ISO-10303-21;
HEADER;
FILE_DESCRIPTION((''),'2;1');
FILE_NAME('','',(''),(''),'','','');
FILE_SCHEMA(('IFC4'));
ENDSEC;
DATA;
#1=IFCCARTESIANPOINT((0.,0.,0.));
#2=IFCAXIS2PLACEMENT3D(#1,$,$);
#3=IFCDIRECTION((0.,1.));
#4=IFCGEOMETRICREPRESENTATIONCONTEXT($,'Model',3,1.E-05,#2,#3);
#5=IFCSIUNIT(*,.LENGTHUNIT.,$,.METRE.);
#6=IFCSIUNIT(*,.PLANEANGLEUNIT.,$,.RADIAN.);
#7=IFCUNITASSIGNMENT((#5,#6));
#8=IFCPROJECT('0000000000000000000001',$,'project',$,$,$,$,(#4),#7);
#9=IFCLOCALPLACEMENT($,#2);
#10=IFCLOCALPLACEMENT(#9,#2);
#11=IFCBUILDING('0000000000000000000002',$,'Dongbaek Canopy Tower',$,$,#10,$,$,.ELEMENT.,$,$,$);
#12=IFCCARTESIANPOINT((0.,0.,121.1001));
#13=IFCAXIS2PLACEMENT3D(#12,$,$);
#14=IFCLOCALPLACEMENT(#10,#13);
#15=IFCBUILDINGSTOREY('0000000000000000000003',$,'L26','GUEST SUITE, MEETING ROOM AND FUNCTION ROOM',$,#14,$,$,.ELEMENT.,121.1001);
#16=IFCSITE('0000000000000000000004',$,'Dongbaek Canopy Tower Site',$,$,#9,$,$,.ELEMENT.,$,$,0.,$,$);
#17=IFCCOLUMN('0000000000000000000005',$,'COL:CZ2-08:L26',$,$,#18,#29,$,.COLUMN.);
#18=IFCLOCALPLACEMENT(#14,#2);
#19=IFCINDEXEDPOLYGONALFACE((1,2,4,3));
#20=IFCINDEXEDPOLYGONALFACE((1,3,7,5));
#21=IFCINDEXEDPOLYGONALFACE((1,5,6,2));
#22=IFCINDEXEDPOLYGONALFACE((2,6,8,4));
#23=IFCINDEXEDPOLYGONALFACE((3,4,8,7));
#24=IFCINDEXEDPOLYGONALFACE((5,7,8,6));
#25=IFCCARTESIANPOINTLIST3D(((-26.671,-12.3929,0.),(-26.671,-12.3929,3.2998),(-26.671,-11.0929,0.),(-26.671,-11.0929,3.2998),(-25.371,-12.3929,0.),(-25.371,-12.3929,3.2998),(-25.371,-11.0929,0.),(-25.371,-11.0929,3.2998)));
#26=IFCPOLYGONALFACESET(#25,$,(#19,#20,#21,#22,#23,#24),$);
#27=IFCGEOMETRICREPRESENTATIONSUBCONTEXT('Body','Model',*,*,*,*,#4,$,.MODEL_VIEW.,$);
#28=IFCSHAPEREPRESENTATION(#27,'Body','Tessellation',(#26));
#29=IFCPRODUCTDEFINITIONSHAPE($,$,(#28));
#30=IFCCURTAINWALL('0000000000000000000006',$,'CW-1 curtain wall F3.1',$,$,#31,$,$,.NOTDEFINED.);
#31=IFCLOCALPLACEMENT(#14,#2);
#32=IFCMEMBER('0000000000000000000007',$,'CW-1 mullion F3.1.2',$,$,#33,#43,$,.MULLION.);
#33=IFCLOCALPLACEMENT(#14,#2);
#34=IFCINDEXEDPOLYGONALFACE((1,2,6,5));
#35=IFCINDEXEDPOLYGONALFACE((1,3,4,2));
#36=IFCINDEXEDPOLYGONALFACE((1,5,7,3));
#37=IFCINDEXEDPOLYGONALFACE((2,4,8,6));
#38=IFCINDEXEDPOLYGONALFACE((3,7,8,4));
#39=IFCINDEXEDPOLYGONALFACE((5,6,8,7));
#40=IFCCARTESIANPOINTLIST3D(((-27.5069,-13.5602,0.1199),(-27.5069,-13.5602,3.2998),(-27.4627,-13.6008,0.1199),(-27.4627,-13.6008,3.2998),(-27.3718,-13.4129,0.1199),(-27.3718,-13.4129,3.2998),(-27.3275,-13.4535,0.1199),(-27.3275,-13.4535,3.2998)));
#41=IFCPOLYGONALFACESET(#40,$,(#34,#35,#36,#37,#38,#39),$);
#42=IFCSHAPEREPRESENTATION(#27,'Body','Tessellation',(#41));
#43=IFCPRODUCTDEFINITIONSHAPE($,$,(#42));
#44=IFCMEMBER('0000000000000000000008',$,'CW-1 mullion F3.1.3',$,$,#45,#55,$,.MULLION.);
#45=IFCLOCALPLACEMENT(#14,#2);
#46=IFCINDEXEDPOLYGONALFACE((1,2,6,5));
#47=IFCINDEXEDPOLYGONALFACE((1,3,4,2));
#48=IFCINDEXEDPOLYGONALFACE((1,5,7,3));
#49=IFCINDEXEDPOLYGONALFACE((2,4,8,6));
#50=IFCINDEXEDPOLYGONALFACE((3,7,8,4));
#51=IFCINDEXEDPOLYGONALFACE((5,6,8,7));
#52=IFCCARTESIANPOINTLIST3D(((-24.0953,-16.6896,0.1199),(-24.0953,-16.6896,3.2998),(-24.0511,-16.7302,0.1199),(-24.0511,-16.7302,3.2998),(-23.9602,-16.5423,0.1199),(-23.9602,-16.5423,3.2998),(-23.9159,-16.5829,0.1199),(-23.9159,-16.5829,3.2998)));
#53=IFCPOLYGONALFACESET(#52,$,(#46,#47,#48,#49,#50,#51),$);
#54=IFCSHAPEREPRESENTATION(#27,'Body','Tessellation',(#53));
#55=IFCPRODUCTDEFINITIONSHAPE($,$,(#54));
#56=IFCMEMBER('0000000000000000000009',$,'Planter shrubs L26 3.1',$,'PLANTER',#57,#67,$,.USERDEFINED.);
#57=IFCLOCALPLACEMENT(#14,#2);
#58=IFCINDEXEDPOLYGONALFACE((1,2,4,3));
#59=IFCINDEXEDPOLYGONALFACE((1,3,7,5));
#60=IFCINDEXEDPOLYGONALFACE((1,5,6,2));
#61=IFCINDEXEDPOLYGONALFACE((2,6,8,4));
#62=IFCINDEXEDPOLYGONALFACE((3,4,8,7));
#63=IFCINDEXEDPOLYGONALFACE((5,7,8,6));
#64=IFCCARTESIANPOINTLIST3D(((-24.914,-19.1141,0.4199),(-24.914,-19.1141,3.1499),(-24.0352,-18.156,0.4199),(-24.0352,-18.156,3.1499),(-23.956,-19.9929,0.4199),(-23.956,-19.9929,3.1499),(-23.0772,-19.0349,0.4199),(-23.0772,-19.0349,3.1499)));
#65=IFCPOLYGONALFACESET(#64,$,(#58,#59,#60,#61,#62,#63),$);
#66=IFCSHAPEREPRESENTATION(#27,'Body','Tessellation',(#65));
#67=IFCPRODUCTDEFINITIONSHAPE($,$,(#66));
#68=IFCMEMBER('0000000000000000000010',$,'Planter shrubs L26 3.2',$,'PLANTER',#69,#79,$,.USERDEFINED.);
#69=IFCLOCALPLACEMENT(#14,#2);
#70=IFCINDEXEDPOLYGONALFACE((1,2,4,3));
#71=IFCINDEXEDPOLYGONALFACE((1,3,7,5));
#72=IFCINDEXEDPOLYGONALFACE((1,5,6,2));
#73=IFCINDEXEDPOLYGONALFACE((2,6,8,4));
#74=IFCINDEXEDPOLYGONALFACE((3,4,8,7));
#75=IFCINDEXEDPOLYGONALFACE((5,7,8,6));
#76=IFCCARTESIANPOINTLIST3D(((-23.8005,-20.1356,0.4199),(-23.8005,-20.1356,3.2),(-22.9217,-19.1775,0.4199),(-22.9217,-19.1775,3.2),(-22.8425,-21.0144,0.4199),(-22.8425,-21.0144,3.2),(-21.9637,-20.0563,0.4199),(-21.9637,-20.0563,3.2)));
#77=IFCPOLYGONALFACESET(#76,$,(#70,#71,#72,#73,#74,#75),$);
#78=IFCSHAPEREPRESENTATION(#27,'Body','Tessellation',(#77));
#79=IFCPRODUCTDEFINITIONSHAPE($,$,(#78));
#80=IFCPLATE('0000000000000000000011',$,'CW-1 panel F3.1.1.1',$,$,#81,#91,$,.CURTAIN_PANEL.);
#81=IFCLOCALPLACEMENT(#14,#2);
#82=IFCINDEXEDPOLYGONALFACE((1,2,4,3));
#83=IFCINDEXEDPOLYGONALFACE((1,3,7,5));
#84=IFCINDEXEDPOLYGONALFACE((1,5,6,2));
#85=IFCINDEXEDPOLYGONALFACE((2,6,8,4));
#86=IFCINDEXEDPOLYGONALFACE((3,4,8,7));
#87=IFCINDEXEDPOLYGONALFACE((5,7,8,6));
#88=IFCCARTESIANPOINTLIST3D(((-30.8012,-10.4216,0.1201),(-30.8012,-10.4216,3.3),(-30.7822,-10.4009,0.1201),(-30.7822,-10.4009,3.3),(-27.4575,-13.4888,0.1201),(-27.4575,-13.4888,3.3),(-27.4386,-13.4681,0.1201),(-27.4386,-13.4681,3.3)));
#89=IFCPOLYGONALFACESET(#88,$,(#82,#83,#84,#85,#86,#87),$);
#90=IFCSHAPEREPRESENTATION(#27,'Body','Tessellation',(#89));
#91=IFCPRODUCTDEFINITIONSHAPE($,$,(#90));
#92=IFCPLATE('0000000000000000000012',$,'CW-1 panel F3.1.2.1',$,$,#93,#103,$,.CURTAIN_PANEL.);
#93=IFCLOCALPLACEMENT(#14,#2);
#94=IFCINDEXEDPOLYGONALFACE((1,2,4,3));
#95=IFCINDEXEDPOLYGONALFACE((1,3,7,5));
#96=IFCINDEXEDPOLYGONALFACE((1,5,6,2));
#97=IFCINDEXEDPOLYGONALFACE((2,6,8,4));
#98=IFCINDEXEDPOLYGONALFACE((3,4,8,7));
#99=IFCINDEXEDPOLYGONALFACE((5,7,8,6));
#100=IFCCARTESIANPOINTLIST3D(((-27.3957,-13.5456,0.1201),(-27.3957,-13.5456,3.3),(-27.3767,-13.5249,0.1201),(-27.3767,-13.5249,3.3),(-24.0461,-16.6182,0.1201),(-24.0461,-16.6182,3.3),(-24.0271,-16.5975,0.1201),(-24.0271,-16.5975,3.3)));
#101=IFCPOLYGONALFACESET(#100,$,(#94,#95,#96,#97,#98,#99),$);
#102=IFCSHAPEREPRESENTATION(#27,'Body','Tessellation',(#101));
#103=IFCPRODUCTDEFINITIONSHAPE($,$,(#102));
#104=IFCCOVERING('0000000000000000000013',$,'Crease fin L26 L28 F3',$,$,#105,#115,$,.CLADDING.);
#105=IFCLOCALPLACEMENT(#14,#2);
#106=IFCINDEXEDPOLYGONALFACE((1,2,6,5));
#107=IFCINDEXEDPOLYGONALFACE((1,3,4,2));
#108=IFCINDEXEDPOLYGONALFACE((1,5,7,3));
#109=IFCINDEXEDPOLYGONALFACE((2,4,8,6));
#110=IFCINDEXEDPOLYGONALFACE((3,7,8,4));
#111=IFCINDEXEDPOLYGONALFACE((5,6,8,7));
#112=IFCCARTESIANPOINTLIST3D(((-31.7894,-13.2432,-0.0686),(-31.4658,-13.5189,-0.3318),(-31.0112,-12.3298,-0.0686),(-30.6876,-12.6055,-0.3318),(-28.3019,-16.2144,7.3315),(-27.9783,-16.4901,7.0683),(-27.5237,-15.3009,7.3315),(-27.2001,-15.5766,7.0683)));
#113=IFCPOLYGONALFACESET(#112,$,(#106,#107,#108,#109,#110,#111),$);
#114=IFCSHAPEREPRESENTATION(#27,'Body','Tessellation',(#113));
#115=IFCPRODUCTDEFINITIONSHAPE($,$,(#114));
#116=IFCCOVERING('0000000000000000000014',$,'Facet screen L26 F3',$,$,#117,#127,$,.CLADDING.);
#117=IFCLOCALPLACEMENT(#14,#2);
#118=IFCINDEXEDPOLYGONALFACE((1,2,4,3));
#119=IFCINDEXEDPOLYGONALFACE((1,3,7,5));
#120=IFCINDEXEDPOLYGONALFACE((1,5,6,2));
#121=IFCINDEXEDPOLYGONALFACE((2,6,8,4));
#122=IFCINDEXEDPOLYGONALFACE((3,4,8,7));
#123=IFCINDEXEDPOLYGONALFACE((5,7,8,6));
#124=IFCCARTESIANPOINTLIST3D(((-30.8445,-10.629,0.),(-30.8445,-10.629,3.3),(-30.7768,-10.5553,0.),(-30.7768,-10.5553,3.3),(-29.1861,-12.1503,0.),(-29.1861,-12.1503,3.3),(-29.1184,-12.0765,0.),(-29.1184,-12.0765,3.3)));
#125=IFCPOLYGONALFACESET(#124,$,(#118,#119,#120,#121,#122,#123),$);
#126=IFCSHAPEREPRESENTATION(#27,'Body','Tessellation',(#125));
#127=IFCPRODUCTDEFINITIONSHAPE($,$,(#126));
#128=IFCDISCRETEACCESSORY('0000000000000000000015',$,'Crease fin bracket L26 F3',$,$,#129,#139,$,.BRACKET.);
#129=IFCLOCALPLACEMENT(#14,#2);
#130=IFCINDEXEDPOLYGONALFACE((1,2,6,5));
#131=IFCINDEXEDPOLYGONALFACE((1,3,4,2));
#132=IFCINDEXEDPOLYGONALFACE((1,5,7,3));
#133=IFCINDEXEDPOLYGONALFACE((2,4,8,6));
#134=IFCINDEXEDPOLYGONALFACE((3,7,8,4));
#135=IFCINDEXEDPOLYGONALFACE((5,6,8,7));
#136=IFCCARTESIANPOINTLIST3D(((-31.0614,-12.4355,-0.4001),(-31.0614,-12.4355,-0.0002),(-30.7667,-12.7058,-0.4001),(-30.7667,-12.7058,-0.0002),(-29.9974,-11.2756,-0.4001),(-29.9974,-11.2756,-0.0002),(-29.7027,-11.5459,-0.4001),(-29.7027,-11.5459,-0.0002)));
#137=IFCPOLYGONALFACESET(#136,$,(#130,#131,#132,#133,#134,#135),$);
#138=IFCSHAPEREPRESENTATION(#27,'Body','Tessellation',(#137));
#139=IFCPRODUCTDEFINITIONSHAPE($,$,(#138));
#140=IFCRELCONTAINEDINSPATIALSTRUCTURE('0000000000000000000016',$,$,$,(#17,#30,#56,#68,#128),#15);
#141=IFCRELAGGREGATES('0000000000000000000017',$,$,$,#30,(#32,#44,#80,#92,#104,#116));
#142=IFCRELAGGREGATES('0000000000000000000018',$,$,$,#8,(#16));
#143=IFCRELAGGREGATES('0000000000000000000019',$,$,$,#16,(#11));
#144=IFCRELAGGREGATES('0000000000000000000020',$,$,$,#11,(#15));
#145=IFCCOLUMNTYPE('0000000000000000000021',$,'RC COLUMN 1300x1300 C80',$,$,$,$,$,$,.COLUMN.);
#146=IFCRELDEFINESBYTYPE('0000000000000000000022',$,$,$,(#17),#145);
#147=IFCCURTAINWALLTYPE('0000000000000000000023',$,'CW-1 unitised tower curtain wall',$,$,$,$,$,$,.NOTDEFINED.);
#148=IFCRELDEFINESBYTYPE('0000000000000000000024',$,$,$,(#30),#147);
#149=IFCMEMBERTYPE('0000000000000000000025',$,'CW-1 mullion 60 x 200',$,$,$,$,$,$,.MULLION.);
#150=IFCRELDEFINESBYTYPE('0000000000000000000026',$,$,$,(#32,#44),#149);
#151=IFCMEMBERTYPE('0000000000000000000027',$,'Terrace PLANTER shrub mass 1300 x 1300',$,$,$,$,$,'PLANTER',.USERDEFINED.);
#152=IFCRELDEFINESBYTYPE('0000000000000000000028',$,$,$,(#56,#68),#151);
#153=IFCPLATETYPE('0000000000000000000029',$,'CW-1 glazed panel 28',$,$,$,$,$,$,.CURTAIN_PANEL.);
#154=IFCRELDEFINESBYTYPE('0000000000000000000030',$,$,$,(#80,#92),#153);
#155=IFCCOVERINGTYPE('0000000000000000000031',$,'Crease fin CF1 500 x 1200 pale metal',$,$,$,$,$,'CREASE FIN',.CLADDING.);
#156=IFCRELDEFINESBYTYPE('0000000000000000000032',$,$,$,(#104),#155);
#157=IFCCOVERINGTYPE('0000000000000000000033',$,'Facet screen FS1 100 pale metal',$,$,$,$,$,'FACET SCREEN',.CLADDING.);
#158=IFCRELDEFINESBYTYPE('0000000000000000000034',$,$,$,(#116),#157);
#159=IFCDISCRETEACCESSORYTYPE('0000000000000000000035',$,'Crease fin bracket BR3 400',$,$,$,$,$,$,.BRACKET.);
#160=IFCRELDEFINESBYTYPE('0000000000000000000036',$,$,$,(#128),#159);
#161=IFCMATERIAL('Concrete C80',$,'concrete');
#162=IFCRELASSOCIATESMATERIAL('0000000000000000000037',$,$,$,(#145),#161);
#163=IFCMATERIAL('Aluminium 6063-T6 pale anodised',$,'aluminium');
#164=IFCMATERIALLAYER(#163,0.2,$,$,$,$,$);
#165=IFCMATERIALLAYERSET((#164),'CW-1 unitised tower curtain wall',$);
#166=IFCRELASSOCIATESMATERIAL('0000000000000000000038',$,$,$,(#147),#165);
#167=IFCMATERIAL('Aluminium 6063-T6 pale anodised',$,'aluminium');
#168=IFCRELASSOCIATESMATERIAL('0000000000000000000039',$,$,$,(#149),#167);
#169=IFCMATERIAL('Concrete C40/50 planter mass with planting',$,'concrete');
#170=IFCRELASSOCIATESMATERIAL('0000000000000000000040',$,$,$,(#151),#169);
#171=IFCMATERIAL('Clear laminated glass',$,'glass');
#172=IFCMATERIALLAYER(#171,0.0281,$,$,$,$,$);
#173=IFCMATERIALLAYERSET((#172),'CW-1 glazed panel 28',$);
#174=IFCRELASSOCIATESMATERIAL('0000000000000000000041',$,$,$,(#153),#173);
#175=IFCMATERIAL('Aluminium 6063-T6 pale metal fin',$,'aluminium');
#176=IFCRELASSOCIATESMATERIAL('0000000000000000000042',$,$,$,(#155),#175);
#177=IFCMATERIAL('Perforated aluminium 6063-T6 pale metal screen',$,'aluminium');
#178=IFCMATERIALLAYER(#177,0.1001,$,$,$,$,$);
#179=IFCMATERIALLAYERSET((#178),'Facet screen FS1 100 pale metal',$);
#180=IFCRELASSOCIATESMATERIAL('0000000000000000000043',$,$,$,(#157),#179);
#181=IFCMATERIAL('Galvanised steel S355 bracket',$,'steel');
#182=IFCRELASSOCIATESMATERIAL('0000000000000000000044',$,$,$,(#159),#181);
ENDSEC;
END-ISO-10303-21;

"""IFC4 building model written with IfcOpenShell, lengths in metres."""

from ifc_helpers import new_model, si_unit, direction, frame, origin, origin_2d, place, context, subcontext, project, spatial, rectangle, extrude, material, layer, layer_set, material_profile, profile_set, type_object, element, aggregate, save


model = new_model("IFC4")

# Units and contexts
model_context = context("Model", 3, precision=1e-05, world=origin(), true_north=direction((0.0, 1.0)))
body_context = subcontext(model_context, "Body", "Model", "MODEL_VIEW")
ifc_project = project(units=[si_unit("LENGTHUNIT", "METRE"), si_unit("PLANEANGLEUNIT", "RADIAN")], contexts=[model_context])

# Site, building, storey
site_placement = place(None, origin())
site = spatial("IfcSite", under=ifc_project, at=site_placement, Name="Dongbaek Canopy Tower Site", CompositionType="ELEMENT", RefElevation=0.0)
building_placement = place(site_placement, origin())
building = spatial("IfcBuilding", under=site, at=building_placement, Name="Dongbaek Canopy Tower", CompositionType="ELEMENT")
storey_placement = place(building_placement, frame((0.0, 0.0, 121.1001)))
storey = spatial("IfcBuildingStorey", under=building, at=storey_placement, Name="L26", Description="GUEST SUITE, MEETING ROOM AND FUNCTION ROOM", CompositionType="ELEMENT", Elevation=121.1001)

# Column
ifc_material_1 = material(Name="Concrete C80", Category="concrete")
ifc_material_profile_1 = material_profile(ifc_material_1, rectangle(XDim=1.3, YDim=1.3, at=origin_2d()), Name="RC COLUMN 1300x1300 C80")
ifc_profile_set_1 = profile_set([ifc_material_profile_1], Name="Concrete C80")
column_type = type_object("IfcColumnType", Name="RC COLUMN 1300x1300 C80", PredefinedType="COLUMN", material=ifc_profile_set_1)
column_placement = place(storey_placement, frame((-26.021, -11.7429, 0.0), z_axis=(0.0, 0.0, 1.0), x_axis=(1.0, 0.0, 0.0)))
element("IfcColumn", 1, at=column_placement, inside=storey, type_object=column_type, Name="COL:CZ2-08:L26", PredefinedType="COLUMN", context=body_context, shape_type="SweptSolid", body=[
    extrude(rectangle(XDim=1.3, YDim=1.3, at=origin_2d()), origin(), (0.0, 0.0, 1.0), 3.2998),
])

# Curtain wall, members
ifc_material_2 = material(Name="Aluminium 6063-T6 pale anodised", Category="aluminium")
ifc_layer_1 = layer(ifc_material_2, 0.2)
ifc_layer_set_1 = layer_set([ifc_layer_1], Name="CW-1 unitised tower curtain wall")
curtain_wall_type = type_object("IfcCurtainWallType", Name="CW-1 unitised tower curtain wall", PredefinedType="NOTDEFINED", material=ifc_layer_set_1)
curtain_wall_placement = place(storey_placement, origin())
curtain_wall = element("IfcCurtainWall", 2, at=curtain_wall_placement, inside=storey, type_object=curtain_wall_type, Name="CW-1 curtain wall F3.1", PredefinedType="NOTDEFINED")
ifc_material_3 = material(Name="Aluminium 6063-T6 pale anodised", Category="aluminium")
ifc_material_profile_2 = material_profile(ifc_material_3, rectangle(XDim=0.2, YDim=0.0601, at=origin_2d()), Name="CW-1 mullion 60 x 200")
ifc_profile_set_2 = profile_set([ifc_material_profile_2], Name="Aluminium 6063-T6 pale anodised")
member_type_1 = type_object("IfcMemberType", Name="CW-1 mullion 60 x 200", PredefinedType="MULLION", material=ifc_profile_set_2)
member_1_placement = place(storey_placement, frame((-27.4172, -13.5068, 0.1199), z_axis=(0.0, 0.0, 1.0), x_axis=(-0.67598, -0.73692, 0.0)))
member_1 = element("IfcMember", 3, at=member_1_placement, type_object=member_type_1, Name="CW-1 mullion F3.1.2", PredefinedType="MULLION", context=body_context, shape_type="SweptSolid", body=[
    extrude(rectangle(XDim=0.2, YDim=0.0601, at=origin_2d()), origin(), (0.0, 0.0, 1.0), 3.1799),
])
member_2_placement = place(storey_placement, frame((-24.0056, -16.6362, 0.1199), z_axis=(0.0, 0.0, 1.0), x_axis=(-0.67598, -0.73692, 0.0)))
member_2 = element("IfcMember", 4, at=member_2_placement, type_object=member_type_1, Name="CW-1 mullion F3.1.3", PredefinedType="MULLION", context=body_context, shape_type="SweptSolid", body=[
    extrude(rectangle(XDim=0.2, YDim=0.0601, at=origin_2d()), origin(), (0.0, 0.0, 1.0), 3.1799),
])

# Members
ifc_material_4 = material(Name="Concrete C40/50 planter mass with planting", Category="concrete")
ifc_material_profile_3 = material_profile(ifc_material_4, rectangle(XDim=1.3, YDim=1.3, at=origin_2d()), Name="Terrace PLANTER shrub mass 1300 x 1300")
ifc_profile_set_3 = profile_set([ifc_material_profile_3], Name="Concrete C40/50 planter mass with planting")
member_type_2 = type_object("IfcMemberType", Name="Terrace PLANTER shrub mass 1300 x 1300", ElementType="PLANTER", PredefinedType="USERDEFINED", material=ifc_profile_set_3)
member_3_placement = place(storey_placement, frame((-23.9956, -19.0745, 0.4199), z_axis=(0.0, 0.0, 1.0), x_axis=(-0.67598, -0.73692, 0.0)))
element("IfcMember", 5, at=member_3_placement, inside=storey, type_object=member_type_2, Name="Planter shrubs L26 3.1", ObjectType="PLANTER", PredefinedType="USERDEFINED", context=body_context, shape_type="SweptSolid", body=[
    extrude(rectangle(XDim=1.3, YDim=1.3, at=origin_2d()), origin(), (0.0, 0.0, 1.0), 2.73),
])
member_4_placement = place(storey_placement, frame((-22.8821, -20.0959, 0.4199), z_axis=(0.0, 0.0, 1.0), x_axis=(-0.67598, -0.73692, 0.0)))
element("IfcMember", 6, at=member_4_placement, inside=storey, type_object=member_type_2, Name="Planter shrubs L26 3.2", ObjectType="PLANTER", PredefinedType="USERDEFINED", context=body_context, shape_type="SweptSolid", body=[
    extrude(rectangle(XDim=1.3, YDim=1.3, at=origin_2d()), origin(), (0.0, 0.0, 1.0), 2.78),
])

# Plates
ifc_material_5 = material(Name="Clear laminated glass", Category="glass")
ifc_layer_2 = layer(ifc_material_5, 0.0281)
ifc_layer_set_2 = layer_set([ifc_layer_2], Name="CW-1 glazed panel 28")
plate_type = type_object("IfcPlateType", Name="CW-1 glazed panel 28", PredefinedType="CURTAIN_PANEL", material=ifc_layer_set_2)
plate_1_placement = place(storey_placement, frame((-29.1199, -11.9448, 0.1201), z_axis=(0.0, 0.0, 1.0), x_axis=(0.73692, -0.67598, 0.0)))
plate_1 = element("IfcPlate", 7, at=plate_1_placement, type_object=plate_type, Name="CW-1 panel F3.1.1.1", PredefinedType="CURTAIN_PANEL", context=body_context, shape_type="SweptSolid", body=[
    extrude(rectangle(XDim=4.5374, YDim=0.0281, at=origin_2d()), origin(), (0.0, 0.0, 1.0), 3.1799),
])
plate_2_placement = place(storey_placement, frame((-25.7114, -15.0715, 0.1201), z_axis=(0.0, 0.0, 1.0), x_axis=(0.73692, -0.67598, 0.0)))
plate_2 = element("IfcPlate", 8, at=plate_2_placement, type_object=plate_type, Name="CW-1 panel F3.1.2.1", PredefinedType="CURTAIN_PANEL", context=body_context, shape_type="SweptSolid", body=[
    extrude(rectangle(XDim=4.5454, YDim=0.0281, at=origin_2d()), origin(), (0.0, 0.0, 1.0), 3.1799),
])

# Coverings
ifc_material_6 = material(Name="Aluminium 6063-T6 pale metal fin", Category="aluminium")
ifc_material_profile_4 = material_profile(ifc_material_6, rectangle(XDim=1.2, YDim=0.5, at=origin_2d()), Name="Crease fin CF1 500 x 1200 pale metal")
ifc_profile_set_4 = profile_set([ifc_material_profile_4], Name="Aluminium 6063-T6 pale metal fin")
covering_type_1 = type_object("IfcCoveringType", Name="Crease fin CF1 500 x 1200 pale metal", ElementType="CREASE FIN", PredefinedType="CLADDING", material=ifc_profile_set_4)
covering_1_placement = place(storey_placement, frame((-31.2385, -12.9243, -0.2002), z_axis=(0.400701, -0.341374, 0.850237), x_axis=(0.648506, 0.761209, 0.0)))
covering_1 = element("IfcCovering", 9, at=covering_1_placement, type_object=covering_type_1, Name="Crease fin L26 L28 F3", PredefinedType="CLADDING", context=body_context, shape_type="SweptSolid", body=[
    extrude(rectangle(XDim=1.2, YDim=0.5, at=origin_2d()), origin(), (0.0, 0.0, 1.0), 8.7036),
])
ifc_material_7 = material(Name="Perforated aluminium 6063-T6 pale metal screen", Category="aluminium")
ifc_layer_3 = layer(ifc_material_7, 0.1001)
ifc_layer_set_3 = layer_set([ifc_layer_3], Name="Facet screen FS1 100 pale metal")
covering_type_2 = type_object("IfcCoveringType", Name="Facet screen FS1 100 pale metal", ElementType="FACET SCREEN", PredefinedType="CLADDING", material=ifc_layer_set_3)
covering_2_placement = place(storey_placement, frame((-29.9814, -11.3528, 0.0), z_axis=(0.0, 0.0, 1.0), x_axis=(0.73692, -0.67598, 0.0)))
covering_2 = element("IfcCovering", 10, at=covering_2_placement, type_object=covering_type_2, Name="Facet screen L26 F3", PredefinedType="CLADDING", context=body_context, shape_type="SweptSolid", body=[
    extrude(rectangle(XDim=2.2505, YDim=0.1001, at=origin_2d()), origin(), (0.0, 0.0, 1.0), 3.3),
])
aggregate(curtain_wall, [member_1, member_2, plate_1, plate_2, covering_1, covering_2])

# Discrete accessory
ifc_material_8 = material(Name="Galvanised steel S355 bracket", Category="steel")
discrete_accessory_type = type_object("IfcDiscreteAccessoryType", Name="Crease fin bracket BR3 400", PredefinedType="BRACKET", material=ifc_material_8)
discrete_accessory_placement = place(storey_placement, frame((-30.3821, -11.9907, -0.4001), z_axis=(0.0, 0.0, 1.0), x_axis=(-0.67598, -0.73692, 0.0)))
element("IfcDiscreteAccessory", 11, at=discrete_accessory_placement, inside=storey, type_object=discrete_accessory_type, Name="Crease fin bracket L26 F3", PredefinedType="BRACKET", context=body_context, shape_type="SweptSolid", body=[
    extrude(rectangle(XDim=1.574, YDim=0.3999, at=origin_2d()), origin(), (0.0, 0.0, 1.0), 0.3999),
])

save(model, "model.ifc")
